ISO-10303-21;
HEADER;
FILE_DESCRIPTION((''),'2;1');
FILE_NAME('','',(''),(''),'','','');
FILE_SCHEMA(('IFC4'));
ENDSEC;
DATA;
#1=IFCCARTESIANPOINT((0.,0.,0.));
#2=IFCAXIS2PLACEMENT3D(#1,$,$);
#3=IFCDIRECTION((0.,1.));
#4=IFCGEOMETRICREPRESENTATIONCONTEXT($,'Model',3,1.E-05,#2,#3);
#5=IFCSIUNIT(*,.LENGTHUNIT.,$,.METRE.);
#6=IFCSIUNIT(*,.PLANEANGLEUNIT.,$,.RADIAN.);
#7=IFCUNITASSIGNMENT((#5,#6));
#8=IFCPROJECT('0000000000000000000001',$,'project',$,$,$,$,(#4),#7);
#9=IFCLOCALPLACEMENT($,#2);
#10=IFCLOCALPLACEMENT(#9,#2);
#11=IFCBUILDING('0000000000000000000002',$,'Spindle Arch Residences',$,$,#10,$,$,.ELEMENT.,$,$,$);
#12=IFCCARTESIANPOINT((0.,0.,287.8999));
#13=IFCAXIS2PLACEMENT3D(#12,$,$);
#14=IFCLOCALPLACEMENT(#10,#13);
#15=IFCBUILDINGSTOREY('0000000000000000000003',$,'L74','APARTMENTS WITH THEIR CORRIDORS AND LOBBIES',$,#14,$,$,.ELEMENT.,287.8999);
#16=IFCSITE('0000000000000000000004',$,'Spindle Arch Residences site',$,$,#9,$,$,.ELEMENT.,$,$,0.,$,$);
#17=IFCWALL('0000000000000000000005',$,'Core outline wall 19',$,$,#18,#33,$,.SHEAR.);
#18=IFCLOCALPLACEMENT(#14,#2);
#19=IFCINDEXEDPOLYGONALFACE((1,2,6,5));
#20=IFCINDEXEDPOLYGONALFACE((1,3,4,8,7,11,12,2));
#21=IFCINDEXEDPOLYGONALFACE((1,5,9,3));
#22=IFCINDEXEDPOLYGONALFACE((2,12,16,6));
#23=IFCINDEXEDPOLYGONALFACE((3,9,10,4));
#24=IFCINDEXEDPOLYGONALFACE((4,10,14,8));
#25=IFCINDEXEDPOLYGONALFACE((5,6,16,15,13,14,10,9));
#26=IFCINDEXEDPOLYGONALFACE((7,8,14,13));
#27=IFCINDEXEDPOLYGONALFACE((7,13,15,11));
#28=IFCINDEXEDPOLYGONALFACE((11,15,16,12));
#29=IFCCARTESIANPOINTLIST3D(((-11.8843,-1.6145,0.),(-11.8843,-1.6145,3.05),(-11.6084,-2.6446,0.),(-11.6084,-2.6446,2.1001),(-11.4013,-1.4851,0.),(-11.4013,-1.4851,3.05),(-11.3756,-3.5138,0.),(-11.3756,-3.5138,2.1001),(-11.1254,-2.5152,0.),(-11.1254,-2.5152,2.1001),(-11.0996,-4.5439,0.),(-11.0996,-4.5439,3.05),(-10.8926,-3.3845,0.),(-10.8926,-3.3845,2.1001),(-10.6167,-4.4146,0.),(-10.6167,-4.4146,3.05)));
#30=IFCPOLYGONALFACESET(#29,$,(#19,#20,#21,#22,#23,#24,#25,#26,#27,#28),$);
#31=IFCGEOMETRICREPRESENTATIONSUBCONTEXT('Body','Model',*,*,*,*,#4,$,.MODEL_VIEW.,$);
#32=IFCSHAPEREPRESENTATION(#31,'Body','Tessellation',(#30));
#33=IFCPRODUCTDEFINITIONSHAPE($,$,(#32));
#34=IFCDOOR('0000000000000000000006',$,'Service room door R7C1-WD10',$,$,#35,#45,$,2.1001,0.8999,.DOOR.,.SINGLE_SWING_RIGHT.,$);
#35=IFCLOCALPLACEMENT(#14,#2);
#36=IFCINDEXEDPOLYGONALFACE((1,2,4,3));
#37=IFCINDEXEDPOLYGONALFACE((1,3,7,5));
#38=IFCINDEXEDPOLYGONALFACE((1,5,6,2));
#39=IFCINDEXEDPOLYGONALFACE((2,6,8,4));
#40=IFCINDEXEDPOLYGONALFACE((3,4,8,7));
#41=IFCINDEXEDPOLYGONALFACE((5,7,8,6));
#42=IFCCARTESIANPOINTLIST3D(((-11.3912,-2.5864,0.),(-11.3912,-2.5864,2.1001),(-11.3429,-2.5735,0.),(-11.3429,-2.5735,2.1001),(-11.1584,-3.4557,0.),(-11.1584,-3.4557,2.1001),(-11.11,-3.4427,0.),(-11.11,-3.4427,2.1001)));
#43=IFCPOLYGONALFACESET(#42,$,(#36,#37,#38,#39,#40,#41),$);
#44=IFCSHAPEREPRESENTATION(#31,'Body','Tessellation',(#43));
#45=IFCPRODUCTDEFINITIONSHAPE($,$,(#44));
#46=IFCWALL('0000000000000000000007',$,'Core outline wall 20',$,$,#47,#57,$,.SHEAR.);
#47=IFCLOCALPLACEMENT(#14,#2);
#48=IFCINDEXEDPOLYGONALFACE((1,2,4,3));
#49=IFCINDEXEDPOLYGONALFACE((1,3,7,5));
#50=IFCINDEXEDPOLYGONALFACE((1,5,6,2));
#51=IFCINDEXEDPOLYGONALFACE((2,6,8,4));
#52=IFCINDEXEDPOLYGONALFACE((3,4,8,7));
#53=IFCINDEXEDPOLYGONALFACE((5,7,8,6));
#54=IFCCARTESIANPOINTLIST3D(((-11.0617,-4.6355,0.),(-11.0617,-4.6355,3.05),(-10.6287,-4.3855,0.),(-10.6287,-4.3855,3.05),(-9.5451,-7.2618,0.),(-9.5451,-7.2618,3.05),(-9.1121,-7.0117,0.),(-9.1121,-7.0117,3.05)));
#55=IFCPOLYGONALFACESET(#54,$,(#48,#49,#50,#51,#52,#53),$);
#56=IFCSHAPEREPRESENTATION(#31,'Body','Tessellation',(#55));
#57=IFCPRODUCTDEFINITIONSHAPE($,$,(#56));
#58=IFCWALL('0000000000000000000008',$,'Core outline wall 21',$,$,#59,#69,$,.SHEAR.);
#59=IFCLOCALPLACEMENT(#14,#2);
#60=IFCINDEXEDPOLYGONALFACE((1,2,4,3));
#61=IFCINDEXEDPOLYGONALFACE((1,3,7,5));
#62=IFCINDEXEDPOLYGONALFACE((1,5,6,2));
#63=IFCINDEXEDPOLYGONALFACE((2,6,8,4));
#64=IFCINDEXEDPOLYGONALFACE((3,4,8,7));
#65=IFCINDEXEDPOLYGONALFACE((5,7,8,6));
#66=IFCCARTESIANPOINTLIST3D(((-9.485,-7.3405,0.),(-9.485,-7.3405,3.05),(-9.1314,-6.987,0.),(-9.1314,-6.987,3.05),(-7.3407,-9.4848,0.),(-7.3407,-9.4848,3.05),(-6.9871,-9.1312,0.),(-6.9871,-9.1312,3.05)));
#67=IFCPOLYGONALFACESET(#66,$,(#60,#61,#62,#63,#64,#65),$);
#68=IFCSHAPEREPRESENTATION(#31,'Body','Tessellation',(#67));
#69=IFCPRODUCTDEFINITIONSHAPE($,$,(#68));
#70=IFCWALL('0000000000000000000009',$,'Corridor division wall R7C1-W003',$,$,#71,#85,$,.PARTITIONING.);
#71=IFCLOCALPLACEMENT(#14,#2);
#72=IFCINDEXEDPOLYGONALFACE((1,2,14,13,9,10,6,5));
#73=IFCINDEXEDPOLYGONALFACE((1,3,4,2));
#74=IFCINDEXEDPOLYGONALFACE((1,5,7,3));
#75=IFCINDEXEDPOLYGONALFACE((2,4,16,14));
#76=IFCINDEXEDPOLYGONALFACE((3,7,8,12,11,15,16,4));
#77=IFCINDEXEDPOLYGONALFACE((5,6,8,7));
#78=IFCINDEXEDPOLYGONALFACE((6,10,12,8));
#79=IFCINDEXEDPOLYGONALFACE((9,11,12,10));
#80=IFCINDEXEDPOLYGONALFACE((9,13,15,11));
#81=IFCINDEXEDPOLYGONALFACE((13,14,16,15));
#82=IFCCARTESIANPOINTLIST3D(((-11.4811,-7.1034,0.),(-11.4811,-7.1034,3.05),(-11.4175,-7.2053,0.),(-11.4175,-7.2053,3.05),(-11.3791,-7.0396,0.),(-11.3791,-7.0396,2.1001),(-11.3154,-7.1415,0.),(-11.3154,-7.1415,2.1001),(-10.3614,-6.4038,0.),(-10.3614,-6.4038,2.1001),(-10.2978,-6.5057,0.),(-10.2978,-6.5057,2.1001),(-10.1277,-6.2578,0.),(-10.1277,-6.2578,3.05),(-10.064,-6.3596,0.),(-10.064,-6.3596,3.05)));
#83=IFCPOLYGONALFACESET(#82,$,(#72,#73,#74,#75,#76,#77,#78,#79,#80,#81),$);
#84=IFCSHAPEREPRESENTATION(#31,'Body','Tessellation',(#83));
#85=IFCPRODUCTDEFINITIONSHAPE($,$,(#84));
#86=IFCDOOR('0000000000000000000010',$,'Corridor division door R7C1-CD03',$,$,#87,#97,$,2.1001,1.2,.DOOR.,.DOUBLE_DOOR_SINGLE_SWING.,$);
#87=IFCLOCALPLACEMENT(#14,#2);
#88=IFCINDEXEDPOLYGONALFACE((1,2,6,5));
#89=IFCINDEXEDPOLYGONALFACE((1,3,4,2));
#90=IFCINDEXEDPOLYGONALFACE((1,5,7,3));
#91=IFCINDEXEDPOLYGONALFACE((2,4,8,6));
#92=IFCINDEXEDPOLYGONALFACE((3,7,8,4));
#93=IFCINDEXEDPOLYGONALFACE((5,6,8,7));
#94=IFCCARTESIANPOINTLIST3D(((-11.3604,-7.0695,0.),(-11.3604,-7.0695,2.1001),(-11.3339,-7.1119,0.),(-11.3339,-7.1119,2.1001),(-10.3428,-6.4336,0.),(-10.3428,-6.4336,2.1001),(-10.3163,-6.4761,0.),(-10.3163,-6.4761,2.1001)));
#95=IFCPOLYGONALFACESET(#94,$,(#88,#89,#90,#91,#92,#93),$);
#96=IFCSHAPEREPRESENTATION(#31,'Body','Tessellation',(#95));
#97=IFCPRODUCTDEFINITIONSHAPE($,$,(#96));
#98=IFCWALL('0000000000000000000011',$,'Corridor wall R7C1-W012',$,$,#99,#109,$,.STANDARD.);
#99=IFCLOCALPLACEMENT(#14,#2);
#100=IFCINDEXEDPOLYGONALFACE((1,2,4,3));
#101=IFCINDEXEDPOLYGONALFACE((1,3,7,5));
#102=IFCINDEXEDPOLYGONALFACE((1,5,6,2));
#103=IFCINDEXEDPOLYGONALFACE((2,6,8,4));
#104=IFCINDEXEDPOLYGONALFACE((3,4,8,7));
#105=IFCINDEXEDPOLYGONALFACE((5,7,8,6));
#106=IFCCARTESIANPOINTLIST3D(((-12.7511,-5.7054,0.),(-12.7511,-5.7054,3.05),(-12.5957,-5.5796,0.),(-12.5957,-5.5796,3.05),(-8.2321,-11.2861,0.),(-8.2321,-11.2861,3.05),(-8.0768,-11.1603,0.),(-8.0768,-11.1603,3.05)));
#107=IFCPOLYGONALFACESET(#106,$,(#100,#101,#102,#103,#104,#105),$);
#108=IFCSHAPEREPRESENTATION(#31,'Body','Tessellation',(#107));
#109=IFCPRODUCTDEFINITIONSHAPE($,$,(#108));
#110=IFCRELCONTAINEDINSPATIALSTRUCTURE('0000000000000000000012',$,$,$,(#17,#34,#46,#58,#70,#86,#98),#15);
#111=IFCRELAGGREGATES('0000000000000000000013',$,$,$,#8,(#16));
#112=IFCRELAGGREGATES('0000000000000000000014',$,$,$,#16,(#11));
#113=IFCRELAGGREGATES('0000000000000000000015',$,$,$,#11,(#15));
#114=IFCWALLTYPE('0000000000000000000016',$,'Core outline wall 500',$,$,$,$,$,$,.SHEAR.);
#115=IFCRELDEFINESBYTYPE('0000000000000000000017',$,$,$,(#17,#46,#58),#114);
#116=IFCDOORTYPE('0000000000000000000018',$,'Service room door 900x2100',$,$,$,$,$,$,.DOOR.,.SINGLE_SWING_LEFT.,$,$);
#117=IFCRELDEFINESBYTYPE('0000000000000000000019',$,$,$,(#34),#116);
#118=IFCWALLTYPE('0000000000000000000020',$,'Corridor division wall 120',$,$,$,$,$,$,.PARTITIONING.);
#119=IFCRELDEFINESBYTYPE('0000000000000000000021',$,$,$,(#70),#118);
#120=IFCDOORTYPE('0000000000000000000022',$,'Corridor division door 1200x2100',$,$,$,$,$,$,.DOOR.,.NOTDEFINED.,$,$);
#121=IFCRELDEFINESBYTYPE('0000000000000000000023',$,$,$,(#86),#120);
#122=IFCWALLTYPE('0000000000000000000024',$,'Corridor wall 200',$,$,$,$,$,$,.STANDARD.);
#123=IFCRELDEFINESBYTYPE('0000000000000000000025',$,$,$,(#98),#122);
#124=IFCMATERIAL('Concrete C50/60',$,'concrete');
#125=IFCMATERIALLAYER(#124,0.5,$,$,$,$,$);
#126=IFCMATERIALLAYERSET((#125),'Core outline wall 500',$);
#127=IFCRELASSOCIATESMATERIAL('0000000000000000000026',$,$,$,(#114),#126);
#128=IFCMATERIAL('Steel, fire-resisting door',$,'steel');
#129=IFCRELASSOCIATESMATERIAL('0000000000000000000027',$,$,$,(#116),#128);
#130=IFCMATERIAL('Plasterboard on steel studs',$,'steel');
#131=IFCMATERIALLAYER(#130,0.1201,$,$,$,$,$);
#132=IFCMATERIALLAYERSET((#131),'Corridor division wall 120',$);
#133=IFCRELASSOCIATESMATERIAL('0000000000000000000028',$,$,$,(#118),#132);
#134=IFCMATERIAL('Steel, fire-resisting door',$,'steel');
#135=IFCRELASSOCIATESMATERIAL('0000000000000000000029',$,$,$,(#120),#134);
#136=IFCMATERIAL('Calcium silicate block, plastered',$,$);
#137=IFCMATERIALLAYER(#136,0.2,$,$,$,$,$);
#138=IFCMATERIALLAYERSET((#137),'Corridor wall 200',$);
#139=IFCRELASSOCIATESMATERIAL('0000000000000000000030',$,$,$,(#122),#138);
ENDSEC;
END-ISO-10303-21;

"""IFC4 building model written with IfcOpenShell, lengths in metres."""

from ifc_helpers import new_model, si_unit, direction, frame, frame_2d, origin, place, context, subcontext, project, spatial, rectangle, extrude, material, layer, layer_set, type_object, element, fill, save


model = new_model("IFC4")

# Units and contexts
model_context = context("Model", 3, precision=1e-05, world=origin(), true_north=direction((0.0, 1.0)))
body_context = subcontext(model_context, "Body", "Model", "MODEL_VIEW")
ifc_project = project(units=[si_unit("LENGTHUNIT", "METRE"), si_unit("PLANEANGLEUNIT", "RADIAN")], contexts=[model_context])

# Site, building, storey
site_placement = place(None, origin())
site = spatial("IfcSite", under=ifc_project, at=site_placement, Name="Spindle Arch Residences site", CompositionType="ELEMENT", RefElevation=0.0)
building_placement = place(site_placement, origin())
building = spatial("IfcBuilding", under=site, at=building_placement, Name="Spindle Arch Residences", CompositionType="ELEMENT")
storey_placement = place(building_placement, frame((0.0, 0.0, 287.8999)))
storey = spatial("IfcBuildingStorey", under=building, at=storey_placement, Name="L74", Description="APARTMENTS WITH THEIR CORRIDORS AND LOBBIES", CompositionType="ELEMENT", Elevation=287.8999)

# Wall, opening, door
ifc_material_1 = material(Name="Concrete C50/60", Category="concrete")
ifc_layer_1 = layer(ifc_material_1, 0.5)
ifc_layer_set_1 = layer_set([ifc_layer_1], Name="Core outline wall 500")
wall_type_1 = type_object("IfcWallType", Name="Core outline wall 500", PredefinedType="SHEAR", material=ifc_layer_set_1)
wall_1_placement = place(storey_placement, frame((-11.6428, -1.5498, 0.0), z_axis=(0.0, 0.0, 1.0), x_axis=(0.258735, -0.965948, 0.0)))
wall_1 = element("IfcWall", 1, at=wall_1_placement, inside=storey, type_object=wall_type_1, Name="Core outline wall 19", PredefinedType="SHEAR", context=body_context, shape_type="SweptSolid", body=[
    extrude(rectangle(XDim=3.0327, YDim=0.5, at=frame_2d((1.5164, 0.0))), origin(), (0.0, 0.0, 1.0), 3.05),
])
opening_1_placement = place(wall_1_placement, frame((1.0664, 0.0, 0.0)))
opening_1 = element("IfcOpeningElement", 2, at=opening_1_placement, cuts=wall_1, PredefinedType="OPENING", context=body_context, shape_type="SweptSolid", body=[
    extrude(rectangle(XDim=0.8999, YDim=2.1001, at=frame_2d((0.45, 1.05))), frame((0.0, 0.26, 0.0), z_axis=(0.0, -1.0, 0.0), x_axis=(1.0, 0.0, 0.0)), (0.0, 0.0, 1.0), 0.52),
])
ifc_material_2 = material(Name="Steel, fire-resisting door", Category="steel")
door_type_1 = type_object("IfcDoorType", Name="Service room door 900x2100", OperationType="SINGLE_SWING_LEFT", PredefinedType="DOOR", material=ifc_material_2)
door_1_placement = place(opening_1_placement, origin())
door_1 = element("IfcDoor", 3, at=door_1_placement, inside=storey, type_object=door_type_1, Name="Service room door R7C1-WD10", OperationType="SINGLE_SWING_RIGHT", OverallHeight=2.1001, OverallWidth=0.8999, PredefinedType="DOOR", context=body_context, shape_type="SweptSolid", body=[
    extrude(rectangle(XDim=0.8999, YDim=2.1001, at=frame_2d((0.45, 1.05))), frame((0.0, 0.0249, 0.0), z_axis=(0.0, -1.0, 0.0), x_axis=(1.0, 0.0, 0.0)), (0.0, 0.0, 1.0), 0.05),
])
fill(opening_1, door_1)

# Walls
wall_2_placement = place(storey_placement, frame((-10.8452, -4.5105, 0.0), z_axis=(0.0, 0.0, 1.0), x_axis=(0.500087, -0.865975, 0.0)))
element("IfcWall", 4, at=wall_2_placement, inside=storey, type_object=wall_type_1, Name="Core outline wall 20", PredefinedType="SHEAR", context=body_context, shape_type="SweptSolid", body=[
    extrude(rectangle(XDim=3.0327, YDim=0.5, at=frame_2d((1.5164, 0.0))), origin(), (0.0, 0.0, 1.0), 3.05),
])
wall_3_placement = place(storey_placement, frame((-9.3081, -7.1638, 0.0), z_axis=(0.0, 0.0, 1.0), x_axis=(0.707107, -0.707107, 0.0)))
element("IfcWall", 5, at=wall_3_placement, inside=storey, type_object=wall_type_1, Name="Core outline wall 21", PredefinedType="SHEAR", context=body_context, shape_type="SweptSolid", body=[
    extrude(rectangle(XDim=3.0325, YDim=0.5, at=frame_2d((1.5161, 0.0))), origin(), (0.0, 0.0, 1.0), 3.05),
])

# Wall, opening, door
ifc_material_3 = material(Name="Plasterboard on steel studs", Category="steel")
ifc_layer_2 = layer(ifc_material_3, 0.1201)
ifc_layer_set_2 = layer_set([ifc_layer_2], Name="Corridor division wall 120")
wall_type_2 = type_object("IfcWallType", Name="Corridor division wall 120", PredefinedType="PARTITIONING", material=ifc_layer_set_2)
wall_4_placement = place(storey_placement, frame((-11.4492, -7.1543, 0.0), z_axis=(0.0, 0.0, 1.0), x_axis=(0.848067, 0.529889, 0.0)))
wall_4 = element("IfcWall", 6, at=wall_4_placement, inside=storey, type_object=wall_type_2, Name="Corridor division wall R7C1-W003", PredefinedType="PARTITIONING", context=body_context, shape_type="SweptSolid", body=[
    extrude(rectangle(XDim=1.5959, YDim=0.1201, at=frame_2d((0.7979, 0.0))), origin(), (0.0, 0.0, 1.0), 3.05),
])
opening_2_placement = place(wall_4_placement, frame((0.1201, 0.0, 0.0)))
opening_2 = element("IfcOpeningElement", 7, at=opening_2_placement, cuts=wall_4, PredefinedType="OPENING", context=body_context, shape_type="SweptSolid", body=[
    extrude(rectangle(XDim=1.2, YDim=2.1001, at=frame_2d((0.6001, 1.05))), frame((0.0, 0.0701, 0.0), z_axis=(0.0, -1.0, 0.0), x_axis=(1.0, 0.0, 0.0)), (0.0, 0.0, 1.0), 0.1401),
])
ifc_material_4 = material(Name="Steel, fire-resisting door", Category="steel")
door_type_2 = type_object("IfcDoorType", Name="Corridor division door 1200x2100", OperationType="NOTDEFINED", PredefinedType="DOOR", material=ifc_material_4)
door_2_placement = place(opening_2_placement, origin())
door_2 = element("IfcDoor", 8, at=door_2_placement, inside=storey, type_object=door_type_2, Name="Corridor division door R7C1-CD03", OperationType="DOUBLE_DOOR_SINGLE_SWING", OverallHeight=2.1001, OverallWidth=1.2, PredefinedType="DOOR", context=body_context, shape_type="SweptSolid", body=[
    extrude(rectangle(XDim=1.2, YDim=2.1001, at=frame_2d((0.6001, 1.05))), frame((0.0, 0.0249, 0.0), z_axis=(0.0, -1.0, 0.0), x_axis=(1.0, 0.0, 0.0)), (0.0, 0.0, 1.0), 0.05),
])
fill(opening_2, door_2)

# Wall
ifc_material_5 = material(Name="Calcium silicate block, plastered")
ifc_layer_3 = layer(ifc_material_5, 0.2)
ifc_layer_set_3 = layer_set([ifc_layer_3], Name="Corridor wall 200")
wall_type_3 = type_object("IfcWallType", Name="Corridor wall 200", PredefinedType="STANDARD", material=ifc_layer_set_3)
wall_5_placement = place(storey_placement, frame((-12.6733, -5.6426, 0.0), z_axis=(0.0, 0.0, 1.0), x_axis=(0.629303, -0.77716, 0.0)))
element("IfcWall", 9, at=wall_5_placement, inside=storey, type_object=wall_type_3, Name="Corridor wall R7C1-W012", PredefinedType="STANDARD", context=body_context, shape_type="SweptSolid", body=[
    extrude(rectangle(XDim=7.1809, YDim=0.2, at=frame_2d((3.5903, 0.0))), origin(), (0.0, 0.0, 1.0), 3.05),
])

save(model, "model.ifc")
